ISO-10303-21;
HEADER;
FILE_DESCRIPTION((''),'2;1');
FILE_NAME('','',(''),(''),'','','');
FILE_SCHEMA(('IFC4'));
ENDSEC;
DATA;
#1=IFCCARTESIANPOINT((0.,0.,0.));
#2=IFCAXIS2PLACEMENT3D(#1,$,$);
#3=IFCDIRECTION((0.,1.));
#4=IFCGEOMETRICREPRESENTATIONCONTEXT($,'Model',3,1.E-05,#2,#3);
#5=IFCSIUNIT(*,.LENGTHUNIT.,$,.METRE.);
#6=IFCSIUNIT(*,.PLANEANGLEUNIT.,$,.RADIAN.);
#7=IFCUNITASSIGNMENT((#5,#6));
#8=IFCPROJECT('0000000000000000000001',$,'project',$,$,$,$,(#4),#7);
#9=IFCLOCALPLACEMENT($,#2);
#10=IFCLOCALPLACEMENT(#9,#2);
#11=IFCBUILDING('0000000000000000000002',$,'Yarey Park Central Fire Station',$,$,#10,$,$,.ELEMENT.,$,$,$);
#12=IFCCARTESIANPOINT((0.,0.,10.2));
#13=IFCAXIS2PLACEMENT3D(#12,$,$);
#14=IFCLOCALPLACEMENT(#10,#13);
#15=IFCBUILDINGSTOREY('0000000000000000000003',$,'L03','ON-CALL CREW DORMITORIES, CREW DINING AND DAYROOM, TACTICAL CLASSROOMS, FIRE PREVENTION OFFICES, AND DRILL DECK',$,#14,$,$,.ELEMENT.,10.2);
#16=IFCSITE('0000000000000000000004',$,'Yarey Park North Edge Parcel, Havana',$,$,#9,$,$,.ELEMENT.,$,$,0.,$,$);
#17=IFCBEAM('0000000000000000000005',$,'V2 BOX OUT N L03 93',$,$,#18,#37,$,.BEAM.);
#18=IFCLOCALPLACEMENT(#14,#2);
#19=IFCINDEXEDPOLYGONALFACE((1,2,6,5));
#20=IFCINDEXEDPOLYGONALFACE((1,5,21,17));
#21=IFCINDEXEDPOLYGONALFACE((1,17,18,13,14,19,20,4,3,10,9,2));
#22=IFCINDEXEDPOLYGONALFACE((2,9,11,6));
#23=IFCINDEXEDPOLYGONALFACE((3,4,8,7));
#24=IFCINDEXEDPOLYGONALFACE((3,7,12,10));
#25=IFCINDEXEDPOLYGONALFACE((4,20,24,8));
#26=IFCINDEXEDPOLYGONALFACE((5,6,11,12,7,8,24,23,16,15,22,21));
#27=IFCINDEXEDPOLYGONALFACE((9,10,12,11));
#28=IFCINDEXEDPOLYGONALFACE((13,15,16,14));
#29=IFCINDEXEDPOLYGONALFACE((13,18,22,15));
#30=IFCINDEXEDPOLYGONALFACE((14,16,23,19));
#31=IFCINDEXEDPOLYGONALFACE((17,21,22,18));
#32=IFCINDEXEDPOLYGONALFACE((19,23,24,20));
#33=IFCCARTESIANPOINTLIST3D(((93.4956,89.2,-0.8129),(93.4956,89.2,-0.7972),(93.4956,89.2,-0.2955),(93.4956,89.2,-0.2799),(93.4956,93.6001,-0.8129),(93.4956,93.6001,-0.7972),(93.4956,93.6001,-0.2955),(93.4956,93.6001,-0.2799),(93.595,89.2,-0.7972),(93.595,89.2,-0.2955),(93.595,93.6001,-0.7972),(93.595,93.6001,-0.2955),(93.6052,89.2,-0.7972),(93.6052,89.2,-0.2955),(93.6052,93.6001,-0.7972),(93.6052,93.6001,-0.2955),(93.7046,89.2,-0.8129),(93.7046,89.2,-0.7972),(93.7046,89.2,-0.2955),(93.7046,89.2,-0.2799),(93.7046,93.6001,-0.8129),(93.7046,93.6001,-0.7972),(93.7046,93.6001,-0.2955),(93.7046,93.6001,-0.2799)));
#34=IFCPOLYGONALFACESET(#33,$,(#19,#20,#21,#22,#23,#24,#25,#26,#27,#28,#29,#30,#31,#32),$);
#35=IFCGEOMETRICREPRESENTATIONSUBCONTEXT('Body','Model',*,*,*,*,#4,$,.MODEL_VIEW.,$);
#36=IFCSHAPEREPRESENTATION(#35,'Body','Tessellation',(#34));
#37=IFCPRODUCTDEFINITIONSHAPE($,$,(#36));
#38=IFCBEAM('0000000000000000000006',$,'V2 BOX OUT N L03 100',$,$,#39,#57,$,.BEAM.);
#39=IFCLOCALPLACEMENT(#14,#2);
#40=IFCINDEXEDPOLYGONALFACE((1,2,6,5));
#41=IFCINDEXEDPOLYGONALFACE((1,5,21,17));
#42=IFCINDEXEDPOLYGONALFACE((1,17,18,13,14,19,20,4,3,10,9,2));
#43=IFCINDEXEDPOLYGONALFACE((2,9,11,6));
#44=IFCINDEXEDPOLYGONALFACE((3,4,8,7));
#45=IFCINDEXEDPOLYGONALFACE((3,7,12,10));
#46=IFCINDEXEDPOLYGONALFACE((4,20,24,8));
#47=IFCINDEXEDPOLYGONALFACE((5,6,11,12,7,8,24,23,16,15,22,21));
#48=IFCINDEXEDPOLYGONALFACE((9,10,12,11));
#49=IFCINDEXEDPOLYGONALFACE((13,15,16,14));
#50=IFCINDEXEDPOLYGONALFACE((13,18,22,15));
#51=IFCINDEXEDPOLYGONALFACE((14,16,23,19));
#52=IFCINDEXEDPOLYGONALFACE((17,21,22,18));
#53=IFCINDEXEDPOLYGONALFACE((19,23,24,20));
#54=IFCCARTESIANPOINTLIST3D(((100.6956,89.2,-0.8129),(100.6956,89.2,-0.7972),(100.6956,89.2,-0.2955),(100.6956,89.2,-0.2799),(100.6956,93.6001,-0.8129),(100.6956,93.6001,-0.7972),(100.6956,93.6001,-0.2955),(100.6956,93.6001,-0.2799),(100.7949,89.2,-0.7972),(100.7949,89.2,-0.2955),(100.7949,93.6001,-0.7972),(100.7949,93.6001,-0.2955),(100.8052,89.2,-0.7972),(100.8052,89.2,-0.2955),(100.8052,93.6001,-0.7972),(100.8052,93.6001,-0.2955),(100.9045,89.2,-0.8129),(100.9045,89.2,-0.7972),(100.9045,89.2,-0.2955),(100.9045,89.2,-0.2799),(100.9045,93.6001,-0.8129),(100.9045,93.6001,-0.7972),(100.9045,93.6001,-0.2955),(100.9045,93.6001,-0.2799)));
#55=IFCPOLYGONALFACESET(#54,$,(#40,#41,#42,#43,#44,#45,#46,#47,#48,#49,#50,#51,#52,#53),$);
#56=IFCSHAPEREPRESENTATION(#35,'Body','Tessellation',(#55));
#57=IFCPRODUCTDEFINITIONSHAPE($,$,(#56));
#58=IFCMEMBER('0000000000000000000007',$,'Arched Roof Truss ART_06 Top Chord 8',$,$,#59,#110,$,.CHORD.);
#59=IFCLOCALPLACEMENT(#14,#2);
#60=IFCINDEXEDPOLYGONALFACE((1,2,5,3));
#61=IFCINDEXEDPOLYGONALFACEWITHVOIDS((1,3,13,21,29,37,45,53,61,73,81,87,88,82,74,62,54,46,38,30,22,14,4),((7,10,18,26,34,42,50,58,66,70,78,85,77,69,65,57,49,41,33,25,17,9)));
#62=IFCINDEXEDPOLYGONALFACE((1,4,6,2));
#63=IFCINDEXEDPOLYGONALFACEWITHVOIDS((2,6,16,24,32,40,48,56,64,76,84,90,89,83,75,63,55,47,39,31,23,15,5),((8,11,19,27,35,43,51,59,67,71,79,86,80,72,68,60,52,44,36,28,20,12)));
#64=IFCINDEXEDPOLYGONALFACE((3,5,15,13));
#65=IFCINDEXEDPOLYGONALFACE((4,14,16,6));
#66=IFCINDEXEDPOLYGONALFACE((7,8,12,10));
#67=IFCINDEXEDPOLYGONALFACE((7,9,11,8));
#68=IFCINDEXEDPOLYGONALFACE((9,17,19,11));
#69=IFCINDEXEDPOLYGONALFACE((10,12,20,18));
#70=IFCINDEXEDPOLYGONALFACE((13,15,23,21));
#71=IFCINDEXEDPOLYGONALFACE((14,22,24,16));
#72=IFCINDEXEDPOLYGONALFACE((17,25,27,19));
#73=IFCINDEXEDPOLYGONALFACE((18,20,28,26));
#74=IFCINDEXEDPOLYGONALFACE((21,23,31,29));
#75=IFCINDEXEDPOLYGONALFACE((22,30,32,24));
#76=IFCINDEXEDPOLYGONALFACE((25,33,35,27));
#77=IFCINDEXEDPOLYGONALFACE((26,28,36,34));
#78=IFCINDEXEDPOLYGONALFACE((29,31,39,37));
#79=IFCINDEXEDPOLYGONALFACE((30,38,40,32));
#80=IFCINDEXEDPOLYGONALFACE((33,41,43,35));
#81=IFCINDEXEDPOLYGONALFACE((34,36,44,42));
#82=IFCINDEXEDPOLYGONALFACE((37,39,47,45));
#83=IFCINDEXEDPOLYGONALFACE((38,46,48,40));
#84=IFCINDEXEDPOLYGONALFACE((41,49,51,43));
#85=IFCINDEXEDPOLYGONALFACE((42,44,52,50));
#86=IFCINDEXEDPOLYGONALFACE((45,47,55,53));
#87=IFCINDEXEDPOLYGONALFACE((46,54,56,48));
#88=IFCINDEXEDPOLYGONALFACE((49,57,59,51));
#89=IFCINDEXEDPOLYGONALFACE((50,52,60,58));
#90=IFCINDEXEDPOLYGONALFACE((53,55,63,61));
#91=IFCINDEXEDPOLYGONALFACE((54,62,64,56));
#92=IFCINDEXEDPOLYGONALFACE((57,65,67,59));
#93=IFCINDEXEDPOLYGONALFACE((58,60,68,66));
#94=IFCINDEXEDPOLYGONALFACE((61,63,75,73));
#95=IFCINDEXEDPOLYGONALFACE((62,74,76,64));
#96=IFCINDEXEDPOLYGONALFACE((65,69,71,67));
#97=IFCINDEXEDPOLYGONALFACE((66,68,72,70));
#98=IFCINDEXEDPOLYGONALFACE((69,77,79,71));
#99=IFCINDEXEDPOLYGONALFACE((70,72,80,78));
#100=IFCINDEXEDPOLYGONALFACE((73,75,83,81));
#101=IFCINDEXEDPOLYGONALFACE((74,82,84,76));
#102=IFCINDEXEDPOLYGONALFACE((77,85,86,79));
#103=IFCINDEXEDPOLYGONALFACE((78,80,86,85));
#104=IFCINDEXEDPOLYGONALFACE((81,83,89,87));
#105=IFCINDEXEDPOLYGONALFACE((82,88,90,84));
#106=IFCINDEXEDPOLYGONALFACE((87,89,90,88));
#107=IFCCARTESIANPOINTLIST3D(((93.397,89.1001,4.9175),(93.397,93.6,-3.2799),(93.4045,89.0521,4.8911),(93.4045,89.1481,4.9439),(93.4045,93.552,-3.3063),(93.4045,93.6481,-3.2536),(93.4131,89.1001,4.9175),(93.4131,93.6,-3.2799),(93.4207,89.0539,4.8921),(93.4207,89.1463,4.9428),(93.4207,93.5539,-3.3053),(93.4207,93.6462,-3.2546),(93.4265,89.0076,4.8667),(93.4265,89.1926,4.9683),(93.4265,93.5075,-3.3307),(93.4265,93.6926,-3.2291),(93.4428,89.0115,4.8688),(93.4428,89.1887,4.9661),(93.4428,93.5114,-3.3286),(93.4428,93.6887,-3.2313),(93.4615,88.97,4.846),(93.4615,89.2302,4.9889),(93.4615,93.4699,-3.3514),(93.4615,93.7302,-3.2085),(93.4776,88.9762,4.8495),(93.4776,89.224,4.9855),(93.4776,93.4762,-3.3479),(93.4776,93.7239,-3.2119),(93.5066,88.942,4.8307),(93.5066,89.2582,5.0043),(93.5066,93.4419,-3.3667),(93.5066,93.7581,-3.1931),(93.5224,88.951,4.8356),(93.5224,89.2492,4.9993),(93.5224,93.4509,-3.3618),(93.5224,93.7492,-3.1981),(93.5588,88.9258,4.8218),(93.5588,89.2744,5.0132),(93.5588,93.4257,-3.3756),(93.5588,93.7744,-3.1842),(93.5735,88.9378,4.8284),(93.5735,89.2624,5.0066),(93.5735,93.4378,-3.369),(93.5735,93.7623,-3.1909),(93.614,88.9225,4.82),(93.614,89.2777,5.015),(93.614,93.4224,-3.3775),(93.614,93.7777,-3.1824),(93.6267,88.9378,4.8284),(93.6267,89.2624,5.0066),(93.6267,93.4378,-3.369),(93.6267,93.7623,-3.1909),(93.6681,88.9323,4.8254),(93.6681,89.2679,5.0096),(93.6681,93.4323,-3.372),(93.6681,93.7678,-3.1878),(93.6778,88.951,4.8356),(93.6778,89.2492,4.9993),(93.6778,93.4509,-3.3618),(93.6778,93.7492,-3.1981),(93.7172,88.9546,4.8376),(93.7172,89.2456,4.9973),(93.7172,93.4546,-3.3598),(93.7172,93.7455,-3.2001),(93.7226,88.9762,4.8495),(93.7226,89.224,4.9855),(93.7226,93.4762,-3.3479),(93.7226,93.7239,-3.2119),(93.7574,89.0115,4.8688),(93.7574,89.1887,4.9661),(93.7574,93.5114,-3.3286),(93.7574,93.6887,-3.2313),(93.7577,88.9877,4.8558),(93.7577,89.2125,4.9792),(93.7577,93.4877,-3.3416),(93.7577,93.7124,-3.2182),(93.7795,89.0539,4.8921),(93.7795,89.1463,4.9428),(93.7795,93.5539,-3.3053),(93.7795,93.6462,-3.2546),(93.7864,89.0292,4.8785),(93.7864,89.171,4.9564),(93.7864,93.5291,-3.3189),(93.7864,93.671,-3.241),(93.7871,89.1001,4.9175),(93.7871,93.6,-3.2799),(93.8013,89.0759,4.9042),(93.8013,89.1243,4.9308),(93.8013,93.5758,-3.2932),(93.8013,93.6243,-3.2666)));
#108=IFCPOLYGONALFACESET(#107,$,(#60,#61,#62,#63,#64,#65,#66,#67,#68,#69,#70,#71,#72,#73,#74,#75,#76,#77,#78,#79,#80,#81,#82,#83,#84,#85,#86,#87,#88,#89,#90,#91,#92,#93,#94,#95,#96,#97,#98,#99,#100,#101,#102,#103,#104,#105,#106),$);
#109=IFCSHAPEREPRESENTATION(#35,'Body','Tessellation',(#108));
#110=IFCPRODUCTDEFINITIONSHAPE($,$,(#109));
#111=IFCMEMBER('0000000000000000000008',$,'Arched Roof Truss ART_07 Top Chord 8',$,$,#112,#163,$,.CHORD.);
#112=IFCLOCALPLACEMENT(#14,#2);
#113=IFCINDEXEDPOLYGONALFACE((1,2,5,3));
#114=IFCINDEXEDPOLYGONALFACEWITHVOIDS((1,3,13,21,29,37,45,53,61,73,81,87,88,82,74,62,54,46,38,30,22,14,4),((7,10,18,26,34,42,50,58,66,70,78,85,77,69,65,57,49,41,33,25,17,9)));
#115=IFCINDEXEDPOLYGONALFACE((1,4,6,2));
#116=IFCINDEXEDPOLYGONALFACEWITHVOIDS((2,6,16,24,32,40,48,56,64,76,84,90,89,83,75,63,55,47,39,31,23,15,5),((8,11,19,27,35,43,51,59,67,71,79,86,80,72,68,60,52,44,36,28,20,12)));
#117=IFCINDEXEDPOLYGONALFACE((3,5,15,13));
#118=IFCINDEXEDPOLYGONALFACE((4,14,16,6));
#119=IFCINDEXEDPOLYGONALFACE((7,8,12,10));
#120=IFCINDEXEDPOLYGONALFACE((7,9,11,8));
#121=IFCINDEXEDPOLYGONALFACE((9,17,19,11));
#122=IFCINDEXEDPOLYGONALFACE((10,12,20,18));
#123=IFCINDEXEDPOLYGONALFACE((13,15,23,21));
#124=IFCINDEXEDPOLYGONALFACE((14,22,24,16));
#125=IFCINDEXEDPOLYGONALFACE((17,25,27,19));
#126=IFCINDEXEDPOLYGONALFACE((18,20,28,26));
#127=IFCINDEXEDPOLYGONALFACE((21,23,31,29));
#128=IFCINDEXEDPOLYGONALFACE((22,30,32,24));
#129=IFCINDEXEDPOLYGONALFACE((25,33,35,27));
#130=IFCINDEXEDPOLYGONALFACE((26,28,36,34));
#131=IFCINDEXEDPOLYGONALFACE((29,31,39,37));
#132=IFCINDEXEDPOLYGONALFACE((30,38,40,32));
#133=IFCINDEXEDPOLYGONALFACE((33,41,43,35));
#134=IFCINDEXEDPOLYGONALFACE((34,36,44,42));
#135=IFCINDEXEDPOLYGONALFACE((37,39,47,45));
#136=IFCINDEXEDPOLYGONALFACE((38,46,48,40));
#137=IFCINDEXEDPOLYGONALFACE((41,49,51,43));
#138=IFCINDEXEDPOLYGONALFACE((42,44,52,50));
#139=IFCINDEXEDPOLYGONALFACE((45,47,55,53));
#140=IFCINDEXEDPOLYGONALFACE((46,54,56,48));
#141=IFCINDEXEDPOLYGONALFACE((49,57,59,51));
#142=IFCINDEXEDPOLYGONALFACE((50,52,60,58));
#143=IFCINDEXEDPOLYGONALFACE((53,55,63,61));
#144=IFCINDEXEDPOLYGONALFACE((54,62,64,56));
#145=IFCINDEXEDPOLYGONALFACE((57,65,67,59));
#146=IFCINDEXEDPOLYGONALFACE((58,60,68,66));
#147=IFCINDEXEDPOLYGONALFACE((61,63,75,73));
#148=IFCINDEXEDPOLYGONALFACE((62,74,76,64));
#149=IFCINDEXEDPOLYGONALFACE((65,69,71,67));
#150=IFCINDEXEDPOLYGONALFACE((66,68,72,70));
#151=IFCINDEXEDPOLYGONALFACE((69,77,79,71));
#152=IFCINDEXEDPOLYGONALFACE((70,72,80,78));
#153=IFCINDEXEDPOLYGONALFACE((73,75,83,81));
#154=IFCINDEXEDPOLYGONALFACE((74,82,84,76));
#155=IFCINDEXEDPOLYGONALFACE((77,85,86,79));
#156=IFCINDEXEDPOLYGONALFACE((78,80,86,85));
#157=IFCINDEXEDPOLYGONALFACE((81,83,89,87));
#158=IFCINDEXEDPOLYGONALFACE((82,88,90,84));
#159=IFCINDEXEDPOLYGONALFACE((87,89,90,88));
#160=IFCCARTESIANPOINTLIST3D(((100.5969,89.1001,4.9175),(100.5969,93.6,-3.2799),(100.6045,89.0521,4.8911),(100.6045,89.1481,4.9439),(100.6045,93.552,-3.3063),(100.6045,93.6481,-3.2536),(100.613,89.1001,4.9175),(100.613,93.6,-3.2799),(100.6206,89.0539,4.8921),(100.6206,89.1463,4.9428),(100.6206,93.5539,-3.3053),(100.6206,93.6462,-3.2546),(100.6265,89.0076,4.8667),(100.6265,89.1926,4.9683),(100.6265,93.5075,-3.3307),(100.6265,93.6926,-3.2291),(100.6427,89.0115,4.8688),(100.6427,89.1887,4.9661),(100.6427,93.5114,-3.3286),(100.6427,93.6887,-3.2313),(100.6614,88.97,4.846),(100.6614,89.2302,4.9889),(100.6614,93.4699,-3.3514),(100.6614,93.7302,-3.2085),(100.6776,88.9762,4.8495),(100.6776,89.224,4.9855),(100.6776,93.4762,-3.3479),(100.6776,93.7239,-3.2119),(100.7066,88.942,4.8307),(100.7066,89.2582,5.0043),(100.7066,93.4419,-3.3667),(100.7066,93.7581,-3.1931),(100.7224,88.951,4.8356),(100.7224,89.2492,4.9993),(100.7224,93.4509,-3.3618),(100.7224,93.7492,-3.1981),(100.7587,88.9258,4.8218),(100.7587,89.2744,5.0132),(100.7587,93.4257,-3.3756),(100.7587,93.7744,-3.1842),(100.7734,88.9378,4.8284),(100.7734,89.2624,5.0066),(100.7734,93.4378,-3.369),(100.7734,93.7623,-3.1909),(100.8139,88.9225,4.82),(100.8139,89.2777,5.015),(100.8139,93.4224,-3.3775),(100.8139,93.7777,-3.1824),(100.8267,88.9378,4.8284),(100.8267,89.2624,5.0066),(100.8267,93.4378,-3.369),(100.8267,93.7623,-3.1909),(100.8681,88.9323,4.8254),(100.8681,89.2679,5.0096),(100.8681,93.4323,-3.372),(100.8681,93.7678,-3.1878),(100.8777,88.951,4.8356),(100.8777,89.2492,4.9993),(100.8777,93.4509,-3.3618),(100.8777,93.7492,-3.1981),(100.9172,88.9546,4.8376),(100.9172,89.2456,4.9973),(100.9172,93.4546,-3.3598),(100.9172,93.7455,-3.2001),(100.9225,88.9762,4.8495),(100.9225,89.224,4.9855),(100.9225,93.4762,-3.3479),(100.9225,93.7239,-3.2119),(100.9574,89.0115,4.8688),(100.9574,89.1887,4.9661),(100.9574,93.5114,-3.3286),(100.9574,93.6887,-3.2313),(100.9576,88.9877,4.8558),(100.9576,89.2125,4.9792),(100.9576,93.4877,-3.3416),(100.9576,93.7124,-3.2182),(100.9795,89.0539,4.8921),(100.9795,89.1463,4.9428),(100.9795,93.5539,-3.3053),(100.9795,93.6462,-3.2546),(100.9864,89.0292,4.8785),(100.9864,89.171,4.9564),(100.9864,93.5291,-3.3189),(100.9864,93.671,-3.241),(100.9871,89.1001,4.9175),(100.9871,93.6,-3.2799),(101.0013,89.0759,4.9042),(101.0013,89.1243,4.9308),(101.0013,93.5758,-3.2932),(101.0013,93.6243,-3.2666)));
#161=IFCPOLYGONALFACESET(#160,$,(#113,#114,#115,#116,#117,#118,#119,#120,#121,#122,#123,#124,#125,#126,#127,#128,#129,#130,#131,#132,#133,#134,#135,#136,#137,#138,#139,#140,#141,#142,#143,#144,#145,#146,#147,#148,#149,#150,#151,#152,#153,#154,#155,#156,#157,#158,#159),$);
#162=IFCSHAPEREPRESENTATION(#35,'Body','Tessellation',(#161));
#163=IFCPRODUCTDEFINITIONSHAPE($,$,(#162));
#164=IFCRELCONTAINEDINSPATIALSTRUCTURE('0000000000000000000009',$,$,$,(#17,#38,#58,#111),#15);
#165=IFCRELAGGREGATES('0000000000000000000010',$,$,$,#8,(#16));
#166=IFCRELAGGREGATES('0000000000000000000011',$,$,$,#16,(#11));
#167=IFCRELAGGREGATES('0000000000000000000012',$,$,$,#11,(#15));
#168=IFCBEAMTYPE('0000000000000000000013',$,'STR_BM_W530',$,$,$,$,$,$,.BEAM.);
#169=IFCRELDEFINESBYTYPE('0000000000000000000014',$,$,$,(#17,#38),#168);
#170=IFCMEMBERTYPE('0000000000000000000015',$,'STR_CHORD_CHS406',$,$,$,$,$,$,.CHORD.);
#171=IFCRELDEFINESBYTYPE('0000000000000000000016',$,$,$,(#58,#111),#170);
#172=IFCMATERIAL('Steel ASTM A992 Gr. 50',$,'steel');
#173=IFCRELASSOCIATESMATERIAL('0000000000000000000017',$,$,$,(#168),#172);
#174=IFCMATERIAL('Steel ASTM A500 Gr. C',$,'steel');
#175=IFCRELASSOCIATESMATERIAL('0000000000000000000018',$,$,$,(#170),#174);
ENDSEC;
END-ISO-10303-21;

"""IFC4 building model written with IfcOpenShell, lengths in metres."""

from ifc_helpers import new_model, si_unit, direction, frame, origin, origin_2d, place, context, subcontext, project, spatial, hollow_circle, i_section, extrude, material, material_profile, profile_set, type_object, element, save


model = new_model("IFC4")

# Units and contexts
model_context = context("Model", 3, precision=1e-05, world=origin(), true_north=direction((0.0, 1.0)))
body_context = subcontext(model_context, "Body", "Model", "MODEL_VIEW")
ifc_project = project(units=[si_unit("LENGTHUNIT", "METRE"), si_unit("PLANEANGLEUNIT", "RADIAN")], contexts=[model_context])

# Site, building, storey
site_placement = place(None, origin())
site = spatial("IfcSite", under=ifc_project, at=site_placement, Name="Yarey Park North Edge Parcel, Havana", CompositionType="ELEMENT", RefElevation=0.0)
building_placement = place(site_placement, origin())
building = spatial("IfcBuilding", under=site, at=building_placement, Name="Yarey Park Central Fire Station", CompositionType="ELEMENT")
storey_placement = place(building_placement, frame((0.0, 0.0, 10.2)))
storey = spatial("IfcBuildingStorey", under=building, at=storey_placement, Name="L03", Description="ON-CALL CREW DORMITORIES, CREW DINING AND DAYROOM, TACTICAL CLASSROOMS, FIRE PREVENTION OFFICES, AND DRILL DECK", CompositionType="ELEMENT", Elevation=10.2)

# Beams
ifc_material_1 = material(Name="Steel ASTM A992 Gr. 50", Category="steel")
ifc_material_profile_1 = material_profile(ifc_material_1, i_section(OverallWidth=0.209, OverallDepth=0.533, WebThickness=0.0103, FlangeThickness=0.0156, at=origin_2d()), Name="W530x92")
ifc_profile_set_1 = profile_set([ifc_material_profile_1], Name="Steel ASTM A992 Gr. 50")
beam_type = type_object("IfcBeamType", Name="STR_BM_W530", PredefinedType="BEAM", material=ifc_profile_set_1)
for number, where, z_axis, x_axis, name in (
    (1, (93.6001, 89.2, -0.5464), (0.0, 1.0, 0.0), (-1.0, 0.0, 0.0), "V2 BOX OUT N L03 93"),
    (2, (100.8, 89.2, -0.5464), (0.0, 1.0, 0.0), (-1.0, 0.0, 0.0), "V2 BOX OUT N L03 100"),
):
    element("IfcBeam", number, at=place(storey_placement, frame(where, z_axis=z_axis, x_axis=x_axis)), inside=storey, type_object=beam_type, Name=name, PredefinedType="BEAM", context=body_context, shape_type="SweptSolid", body=[
        extrude(i_section(OverallWidth=0.209, OverallDepth=0.533, WebThickness=0.0103, FlangeThickness=0.0156, at=origin_2d()), origin(), (0.0, 0.0, 1.0), 4.4001),
    ])

# Members
ifc_material_2 = material(Name="Steel ASTM A500 Gr. C", Category="steel")
ifc_material_profile_2 = material_profile(ifc_material_2, hollow_circle(Radius=0.2031, WallThickness=0.0161, at=origin_2d()), Name="CHS 406.4x16")
ifc_profile_set_2 = profile_set([ifc_material_profile_2], Name="Steel ASTM A500 Gr. C")
member_type_1 = type_object("IfcMemberType", Name="STR_CHORD_CHS406", PredefinedType="CHORD", material=ifc_profile_set_2)
for number, where, z_axis, x_axis, name in (
    (3, (93.6001, 89.1001, 4.9175), (0.0, 0.48121, -0.876605), (-1.0, 0.0, 0.0), "Arched Roof Truss ART_06 Top Chord 8"),
    (4, (100.8, 89.1001, 4.9175), (0.0, 0.48121, -0.876605), (-1.0, 0.0, 0.0), "Arched Roof Truss ART_07 Top Chord 8"),
):
    element("IfcMember", number, at=place(storey_placement, frame(where, z_axis=z_axis, x_axis=x_axis)), inside=storey, type_object=member_type_1, Name=name, PredefinedType="CHORD", context=body_context, shape_type="SweptSolid", body=[
        extrude(hollow_circle(Radius=0.2031, WallThickness=0.0161, at=origin_2d()), origin(), (0.0, 0.0, 1.0), 9.3513),
    ])

save(model, "model.ifc")
